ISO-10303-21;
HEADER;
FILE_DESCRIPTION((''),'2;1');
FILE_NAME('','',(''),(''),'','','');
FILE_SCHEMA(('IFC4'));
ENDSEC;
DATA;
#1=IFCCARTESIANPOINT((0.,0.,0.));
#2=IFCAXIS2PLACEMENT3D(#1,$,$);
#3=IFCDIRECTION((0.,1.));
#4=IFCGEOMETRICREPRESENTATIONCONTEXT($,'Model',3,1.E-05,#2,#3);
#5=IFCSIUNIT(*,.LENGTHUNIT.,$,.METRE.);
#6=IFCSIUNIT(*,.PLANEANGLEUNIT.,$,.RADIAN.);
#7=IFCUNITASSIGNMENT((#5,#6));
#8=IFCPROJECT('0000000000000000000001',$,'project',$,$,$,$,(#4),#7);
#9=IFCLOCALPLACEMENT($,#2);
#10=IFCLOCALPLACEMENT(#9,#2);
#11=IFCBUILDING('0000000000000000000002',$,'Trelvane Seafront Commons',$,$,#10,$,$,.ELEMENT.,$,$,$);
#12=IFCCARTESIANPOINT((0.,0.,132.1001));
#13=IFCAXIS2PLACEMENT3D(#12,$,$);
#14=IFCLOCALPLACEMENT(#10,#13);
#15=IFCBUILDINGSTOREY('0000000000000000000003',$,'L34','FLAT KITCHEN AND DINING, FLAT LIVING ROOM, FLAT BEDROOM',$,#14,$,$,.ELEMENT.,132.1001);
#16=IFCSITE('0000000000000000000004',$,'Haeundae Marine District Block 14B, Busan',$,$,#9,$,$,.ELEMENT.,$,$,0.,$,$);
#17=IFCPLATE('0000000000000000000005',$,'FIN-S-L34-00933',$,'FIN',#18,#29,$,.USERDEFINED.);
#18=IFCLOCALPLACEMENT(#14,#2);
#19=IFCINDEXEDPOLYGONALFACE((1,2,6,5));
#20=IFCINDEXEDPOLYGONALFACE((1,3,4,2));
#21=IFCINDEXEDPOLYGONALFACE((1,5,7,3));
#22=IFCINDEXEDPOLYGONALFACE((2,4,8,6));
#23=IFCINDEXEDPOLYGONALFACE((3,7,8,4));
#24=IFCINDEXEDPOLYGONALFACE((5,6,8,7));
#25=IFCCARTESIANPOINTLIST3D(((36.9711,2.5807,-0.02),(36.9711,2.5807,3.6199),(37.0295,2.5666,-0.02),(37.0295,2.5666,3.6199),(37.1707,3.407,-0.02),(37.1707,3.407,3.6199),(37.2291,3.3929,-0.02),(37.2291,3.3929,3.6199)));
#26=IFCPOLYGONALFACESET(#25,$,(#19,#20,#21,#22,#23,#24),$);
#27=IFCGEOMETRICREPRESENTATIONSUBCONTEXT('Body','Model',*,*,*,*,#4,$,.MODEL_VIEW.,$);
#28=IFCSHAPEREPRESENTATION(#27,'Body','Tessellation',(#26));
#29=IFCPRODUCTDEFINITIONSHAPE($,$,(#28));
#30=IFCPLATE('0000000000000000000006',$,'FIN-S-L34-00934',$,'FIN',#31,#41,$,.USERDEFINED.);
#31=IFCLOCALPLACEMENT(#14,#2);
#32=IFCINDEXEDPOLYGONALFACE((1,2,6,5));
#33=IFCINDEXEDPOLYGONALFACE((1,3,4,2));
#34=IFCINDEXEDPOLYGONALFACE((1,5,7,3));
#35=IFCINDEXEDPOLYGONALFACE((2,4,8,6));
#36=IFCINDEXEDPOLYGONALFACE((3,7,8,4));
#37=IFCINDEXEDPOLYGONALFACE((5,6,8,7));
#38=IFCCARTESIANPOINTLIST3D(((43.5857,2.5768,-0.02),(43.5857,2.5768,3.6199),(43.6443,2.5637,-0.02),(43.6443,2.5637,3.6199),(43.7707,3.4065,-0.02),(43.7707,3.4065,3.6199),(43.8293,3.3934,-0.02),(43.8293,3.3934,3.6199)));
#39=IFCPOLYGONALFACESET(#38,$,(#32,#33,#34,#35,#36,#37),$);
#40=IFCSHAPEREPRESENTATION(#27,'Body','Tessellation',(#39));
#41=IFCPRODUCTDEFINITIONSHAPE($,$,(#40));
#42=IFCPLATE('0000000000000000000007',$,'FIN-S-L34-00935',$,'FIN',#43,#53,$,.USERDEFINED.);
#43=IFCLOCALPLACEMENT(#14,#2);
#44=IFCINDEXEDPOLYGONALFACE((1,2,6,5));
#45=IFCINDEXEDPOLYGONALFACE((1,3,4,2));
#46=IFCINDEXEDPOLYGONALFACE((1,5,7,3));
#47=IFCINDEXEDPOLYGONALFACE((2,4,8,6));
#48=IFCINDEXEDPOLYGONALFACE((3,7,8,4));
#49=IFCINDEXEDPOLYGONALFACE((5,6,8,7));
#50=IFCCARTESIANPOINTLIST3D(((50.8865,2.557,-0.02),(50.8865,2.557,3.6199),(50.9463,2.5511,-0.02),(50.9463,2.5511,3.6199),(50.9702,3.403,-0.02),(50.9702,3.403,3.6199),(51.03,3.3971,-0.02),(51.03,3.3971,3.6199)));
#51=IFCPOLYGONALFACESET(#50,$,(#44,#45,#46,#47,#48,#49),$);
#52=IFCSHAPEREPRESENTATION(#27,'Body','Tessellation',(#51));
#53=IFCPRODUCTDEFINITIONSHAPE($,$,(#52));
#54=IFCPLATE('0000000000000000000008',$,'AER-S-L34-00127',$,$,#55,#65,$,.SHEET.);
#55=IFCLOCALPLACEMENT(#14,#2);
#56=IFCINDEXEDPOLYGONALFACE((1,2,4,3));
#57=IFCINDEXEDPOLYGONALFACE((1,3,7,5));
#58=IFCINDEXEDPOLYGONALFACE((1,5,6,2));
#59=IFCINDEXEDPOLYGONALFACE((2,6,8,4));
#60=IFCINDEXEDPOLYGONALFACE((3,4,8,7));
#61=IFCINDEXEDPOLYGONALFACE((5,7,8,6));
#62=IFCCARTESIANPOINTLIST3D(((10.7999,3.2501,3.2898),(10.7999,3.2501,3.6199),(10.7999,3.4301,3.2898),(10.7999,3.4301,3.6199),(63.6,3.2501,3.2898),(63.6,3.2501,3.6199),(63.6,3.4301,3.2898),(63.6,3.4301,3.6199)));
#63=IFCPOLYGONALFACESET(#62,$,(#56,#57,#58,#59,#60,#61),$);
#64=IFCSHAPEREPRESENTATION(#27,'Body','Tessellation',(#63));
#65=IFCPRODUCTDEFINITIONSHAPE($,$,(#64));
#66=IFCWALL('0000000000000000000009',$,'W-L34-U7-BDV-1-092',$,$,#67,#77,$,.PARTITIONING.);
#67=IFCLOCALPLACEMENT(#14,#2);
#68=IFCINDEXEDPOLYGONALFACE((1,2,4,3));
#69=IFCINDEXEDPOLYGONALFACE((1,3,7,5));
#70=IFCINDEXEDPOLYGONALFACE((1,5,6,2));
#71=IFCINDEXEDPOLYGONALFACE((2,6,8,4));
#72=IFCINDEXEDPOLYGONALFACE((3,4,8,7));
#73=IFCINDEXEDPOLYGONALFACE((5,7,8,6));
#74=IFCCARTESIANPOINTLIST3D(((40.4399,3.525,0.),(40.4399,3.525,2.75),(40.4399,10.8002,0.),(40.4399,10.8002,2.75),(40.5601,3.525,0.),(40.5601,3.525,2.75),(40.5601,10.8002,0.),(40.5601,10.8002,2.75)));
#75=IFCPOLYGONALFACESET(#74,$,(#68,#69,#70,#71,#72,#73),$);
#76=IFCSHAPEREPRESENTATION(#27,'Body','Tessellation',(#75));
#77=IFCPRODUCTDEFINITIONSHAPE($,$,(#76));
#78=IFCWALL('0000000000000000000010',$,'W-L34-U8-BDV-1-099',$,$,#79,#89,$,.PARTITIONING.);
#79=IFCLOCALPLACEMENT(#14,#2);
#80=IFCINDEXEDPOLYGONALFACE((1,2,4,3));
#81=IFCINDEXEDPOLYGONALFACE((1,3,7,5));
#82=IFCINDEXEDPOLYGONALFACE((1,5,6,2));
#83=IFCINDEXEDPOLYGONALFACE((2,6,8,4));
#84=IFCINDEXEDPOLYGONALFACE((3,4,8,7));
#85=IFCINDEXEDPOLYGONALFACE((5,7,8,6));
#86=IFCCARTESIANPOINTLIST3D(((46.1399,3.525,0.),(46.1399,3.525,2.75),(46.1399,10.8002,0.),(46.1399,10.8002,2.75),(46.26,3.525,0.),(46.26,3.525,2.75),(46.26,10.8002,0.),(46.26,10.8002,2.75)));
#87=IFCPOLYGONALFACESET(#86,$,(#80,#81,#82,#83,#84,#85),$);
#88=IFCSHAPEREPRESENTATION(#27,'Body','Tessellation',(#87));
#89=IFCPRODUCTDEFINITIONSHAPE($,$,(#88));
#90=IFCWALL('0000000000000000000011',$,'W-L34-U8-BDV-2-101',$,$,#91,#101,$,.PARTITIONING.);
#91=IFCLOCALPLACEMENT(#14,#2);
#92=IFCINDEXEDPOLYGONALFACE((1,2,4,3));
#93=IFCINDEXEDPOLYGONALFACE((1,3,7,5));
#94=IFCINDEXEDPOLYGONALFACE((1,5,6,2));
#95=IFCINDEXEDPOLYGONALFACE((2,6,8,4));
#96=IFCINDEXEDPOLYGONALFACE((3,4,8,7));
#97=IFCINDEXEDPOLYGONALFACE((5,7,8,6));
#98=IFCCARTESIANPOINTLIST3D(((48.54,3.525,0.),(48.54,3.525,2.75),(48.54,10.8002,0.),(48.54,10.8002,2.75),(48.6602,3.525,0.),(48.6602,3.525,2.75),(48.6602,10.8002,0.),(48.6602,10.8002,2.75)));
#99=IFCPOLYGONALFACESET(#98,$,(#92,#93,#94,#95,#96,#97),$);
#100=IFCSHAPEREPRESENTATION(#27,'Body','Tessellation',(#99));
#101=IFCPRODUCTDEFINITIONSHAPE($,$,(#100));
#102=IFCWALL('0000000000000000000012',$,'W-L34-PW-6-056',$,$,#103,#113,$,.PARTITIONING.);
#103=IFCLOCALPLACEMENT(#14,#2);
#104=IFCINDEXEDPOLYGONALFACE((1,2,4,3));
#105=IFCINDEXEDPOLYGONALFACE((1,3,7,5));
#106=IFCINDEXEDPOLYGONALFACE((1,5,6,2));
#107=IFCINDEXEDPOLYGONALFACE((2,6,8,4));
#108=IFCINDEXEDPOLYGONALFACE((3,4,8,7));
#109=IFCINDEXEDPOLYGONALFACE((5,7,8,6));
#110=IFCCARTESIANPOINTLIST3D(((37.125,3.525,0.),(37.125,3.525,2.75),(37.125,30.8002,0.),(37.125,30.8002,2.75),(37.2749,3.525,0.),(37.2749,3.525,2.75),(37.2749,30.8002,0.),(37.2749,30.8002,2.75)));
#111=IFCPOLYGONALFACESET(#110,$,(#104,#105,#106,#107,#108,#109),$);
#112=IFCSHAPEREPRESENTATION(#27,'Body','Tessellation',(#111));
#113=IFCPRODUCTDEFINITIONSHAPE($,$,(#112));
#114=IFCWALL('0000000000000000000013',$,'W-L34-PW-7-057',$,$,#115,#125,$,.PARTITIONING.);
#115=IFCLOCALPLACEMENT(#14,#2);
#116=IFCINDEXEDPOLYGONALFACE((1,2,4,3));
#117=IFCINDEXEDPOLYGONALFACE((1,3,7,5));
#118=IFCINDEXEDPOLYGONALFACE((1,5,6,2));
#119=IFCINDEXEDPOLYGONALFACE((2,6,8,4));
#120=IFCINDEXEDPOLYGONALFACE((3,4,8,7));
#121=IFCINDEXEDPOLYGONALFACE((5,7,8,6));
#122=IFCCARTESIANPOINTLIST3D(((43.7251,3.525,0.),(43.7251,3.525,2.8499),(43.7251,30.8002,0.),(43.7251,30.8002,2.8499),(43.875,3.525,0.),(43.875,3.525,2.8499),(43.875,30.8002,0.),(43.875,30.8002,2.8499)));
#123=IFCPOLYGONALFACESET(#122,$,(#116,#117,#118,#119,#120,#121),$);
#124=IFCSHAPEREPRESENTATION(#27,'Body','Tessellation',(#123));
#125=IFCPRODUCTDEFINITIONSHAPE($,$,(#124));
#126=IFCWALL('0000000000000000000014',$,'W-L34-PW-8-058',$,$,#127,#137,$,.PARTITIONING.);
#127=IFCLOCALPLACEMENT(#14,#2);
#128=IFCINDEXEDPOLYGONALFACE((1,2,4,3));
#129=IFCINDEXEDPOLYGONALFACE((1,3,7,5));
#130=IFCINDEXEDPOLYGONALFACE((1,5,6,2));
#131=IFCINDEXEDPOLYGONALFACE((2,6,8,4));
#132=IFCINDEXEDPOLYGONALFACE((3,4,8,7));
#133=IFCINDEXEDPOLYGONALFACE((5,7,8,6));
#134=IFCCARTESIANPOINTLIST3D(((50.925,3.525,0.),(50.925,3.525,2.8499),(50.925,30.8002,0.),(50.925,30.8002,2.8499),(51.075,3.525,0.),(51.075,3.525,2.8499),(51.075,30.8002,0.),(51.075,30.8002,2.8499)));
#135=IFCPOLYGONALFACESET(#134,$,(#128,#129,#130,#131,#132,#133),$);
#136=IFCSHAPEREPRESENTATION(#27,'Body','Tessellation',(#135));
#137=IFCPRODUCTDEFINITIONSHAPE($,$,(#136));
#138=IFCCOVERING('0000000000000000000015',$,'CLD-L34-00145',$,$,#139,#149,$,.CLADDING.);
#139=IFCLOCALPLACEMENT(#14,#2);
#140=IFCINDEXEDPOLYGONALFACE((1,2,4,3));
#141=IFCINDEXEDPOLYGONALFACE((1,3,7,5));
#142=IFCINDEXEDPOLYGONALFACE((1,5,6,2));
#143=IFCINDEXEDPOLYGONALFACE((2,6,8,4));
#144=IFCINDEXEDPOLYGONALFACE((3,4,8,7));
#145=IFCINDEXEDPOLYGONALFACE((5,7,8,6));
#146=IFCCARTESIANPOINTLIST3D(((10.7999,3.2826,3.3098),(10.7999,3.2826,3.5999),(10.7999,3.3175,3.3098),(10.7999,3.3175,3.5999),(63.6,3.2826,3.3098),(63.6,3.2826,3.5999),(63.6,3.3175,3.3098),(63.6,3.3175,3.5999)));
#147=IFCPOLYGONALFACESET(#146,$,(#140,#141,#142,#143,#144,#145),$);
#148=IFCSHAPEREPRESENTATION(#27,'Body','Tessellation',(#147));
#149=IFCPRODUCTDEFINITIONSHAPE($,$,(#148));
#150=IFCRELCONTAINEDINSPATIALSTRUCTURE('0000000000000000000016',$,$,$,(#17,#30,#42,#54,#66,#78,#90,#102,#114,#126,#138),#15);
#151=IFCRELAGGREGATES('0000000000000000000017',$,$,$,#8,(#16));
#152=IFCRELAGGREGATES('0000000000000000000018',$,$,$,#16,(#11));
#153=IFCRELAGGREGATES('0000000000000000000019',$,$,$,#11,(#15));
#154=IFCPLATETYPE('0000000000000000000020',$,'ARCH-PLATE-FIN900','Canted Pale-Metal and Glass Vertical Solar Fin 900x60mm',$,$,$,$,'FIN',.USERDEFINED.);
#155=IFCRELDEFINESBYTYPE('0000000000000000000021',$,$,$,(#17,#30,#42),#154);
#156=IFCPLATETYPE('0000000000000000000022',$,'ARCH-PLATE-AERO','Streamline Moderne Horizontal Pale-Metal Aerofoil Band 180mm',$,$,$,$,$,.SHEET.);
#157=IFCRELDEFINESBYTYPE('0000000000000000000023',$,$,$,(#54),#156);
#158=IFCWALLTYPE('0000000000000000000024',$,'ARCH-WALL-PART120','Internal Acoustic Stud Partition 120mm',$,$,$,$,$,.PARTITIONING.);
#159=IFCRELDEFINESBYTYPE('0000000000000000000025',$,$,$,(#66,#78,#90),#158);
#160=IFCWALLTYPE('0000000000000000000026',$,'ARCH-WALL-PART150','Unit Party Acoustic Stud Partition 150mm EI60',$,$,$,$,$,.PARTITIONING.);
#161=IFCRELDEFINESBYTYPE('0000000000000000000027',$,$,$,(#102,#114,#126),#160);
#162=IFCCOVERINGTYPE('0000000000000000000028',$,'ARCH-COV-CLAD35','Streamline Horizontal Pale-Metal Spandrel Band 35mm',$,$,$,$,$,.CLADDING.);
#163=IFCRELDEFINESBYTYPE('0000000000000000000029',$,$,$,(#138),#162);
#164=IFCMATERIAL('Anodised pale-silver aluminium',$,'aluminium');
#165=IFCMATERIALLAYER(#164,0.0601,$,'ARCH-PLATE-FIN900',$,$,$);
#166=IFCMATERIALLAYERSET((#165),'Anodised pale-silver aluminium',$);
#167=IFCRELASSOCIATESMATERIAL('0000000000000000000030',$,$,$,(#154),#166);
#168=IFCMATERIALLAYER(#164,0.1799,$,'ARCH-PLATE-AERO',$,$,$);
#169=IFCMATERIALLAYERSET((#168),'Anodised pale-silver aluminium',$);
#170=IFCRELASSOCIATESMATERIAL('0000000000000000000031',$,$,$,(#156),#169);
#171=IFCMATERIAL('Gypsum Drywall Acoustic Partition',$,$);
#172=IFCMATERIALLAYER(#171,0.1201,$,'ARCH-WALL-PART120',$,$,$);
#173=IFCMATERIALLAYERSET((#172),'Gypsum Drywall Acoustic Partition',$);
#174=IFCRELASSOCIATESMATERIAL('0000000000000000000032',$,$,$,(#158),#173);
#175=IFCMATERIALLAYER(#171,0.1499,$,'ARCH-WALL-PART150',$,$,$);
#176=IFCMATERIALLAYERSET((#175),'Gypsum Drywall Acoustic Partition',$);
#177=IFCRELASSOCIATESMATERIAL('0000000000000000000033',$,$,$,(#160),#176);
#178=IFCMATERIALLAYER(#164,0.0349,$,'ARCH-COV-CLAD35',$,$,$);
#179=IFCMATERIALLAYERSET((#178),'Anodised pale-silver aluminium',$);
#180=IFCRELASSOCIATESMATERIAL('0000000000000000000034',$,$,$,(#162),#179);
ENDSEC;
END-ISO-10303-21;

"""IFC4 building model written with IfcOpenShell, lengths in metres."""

from ifc_helpers import new_model, si_unit, direction, frame, frame_2d, origin, origin_2d, place, context, subcontext, project, spatial, rectangle, extrude, source, transform, mapped, material, layer, layer_set, type_object, element, save


model = new_model("IFC4")

# Units and contexts
model_context = context("Model", 3, precision=1e-05, world=origin(), true_north=direction((0.0, 1.0)))
body_context = subcontext(model_context, "Body", "Model", "MODEL_VIEW")
ifc_project = project(units=[si_unit("LENGTHUNIT", "METRE"), si_unit("PLANEANGLEUNIT", "RADIAN")], contexts=[model_context])

# Site, building, storey
site_placement = place(None, origin())
site = spatial("IfcSite", under=ifc_project, at=site_placement, Name="Haeundae Marine District Block 14B, Busan", CompositionType="ELEMENT", RefElevation=0.0)
building_placement = place(site_placement, origin())
building = spatial("IfcBuilding", under=site, at=building_placement, Name="Trelvane Seafront Commons", CompositionType="ELEMENT")
storey_placement = place(building_placement, frame((0.0, 0.0, 132.1001)))
storey = spatial("IfcBuildingStorey", under=building, at=storey_placement, Name="L34", Description="FLAT KITCHEN AND DINING, FLAT LIVING ROOM, FLAT BEDROOM", CompositionType="ELEMENT", Elevation=132.1001)

# Plates
ifc_material_1 = material(Name="Anodised pale-silver aluminium", Category="aluminium")
ifc_layer_1 = layer(ifc_material_1, 0.0601, Name="ARCH-PLATE-FIN900")
ifc_layer_set_1 = layer_set([ifc_layer_1], Name="Anodised pale-silver aluminium")
plate_type_1 = type_object("IfcPlateType", Name="ARCH-PLATE-FIN900", Description="Canted Pale-Metal and Glass Vertical Solar Fin 900x60mm", ElementType="FIN", PredefinedType="USERDEFINED", material=ifc_layer_set_1)
shared_shape_1 = source(origin(), body_context, "Body", "SweptSolid", [
    extrude(rectangle(XDim=0.8501, YDim=0.0601, at=origin_2d()), origin(), (0.0, 0.0, 1.0), 3.6399),
])
for number, where, z_axis, x_axis, name in (
    (1, (37.1001, 2.9868, -0.02), (0.0, 0.0, 1.0), (-0.234832, -0.972036, 0.0), "FIN-S-L34-00933"),
    (2, (43.7075, 2.9851, -0.02), (0.0, 0.0, 1.0), (-0.217653, -0.976026, 0.0), "FIN-S-L34-00934"),
    (3, (50.9583, 2.9771, -0.02), (0.0, 0.0, 1.0), (-0.098467, -0.99514, 0.0), "FIN-S-L34-00935"),
):
    element("IfcPlate", number, at=place(storey_placement, frame(where, z_axis=z_axis, x_axis=x_axis)), inside=storey, type_object=plate_type_1, Name=name, ObjectType="FIN", PredefinedType="USERDEFINED", context=body_context, shape_type="MappedRepresentation", body=[
        mapped(shared_shape_1, transform((0.0, 0.0, 0.0), x_axis=(1.0, 0.0, 0.0), y_axis=(0.0, 1.0, 0.0), z_axis=(0.0, 0.0, 1.0), scale=1.0)),
    ])
ifc_layer_2 = layer(ifc_material_1, 0.1799, Name="ARCH-PLATE-AERO")
ifc_layer_set_2 = layer_set([ifc_layer_2], Name="Anodised pale-silver aluminium")
plate_type_2 = type_object("IfcPlateType", Name="ARCH-PLATE-AERO", Description="Streamline Moderne Horizontal Pale-Metal Aerofoil Band 180mm", PredefinedType="SHEET", material=ifc_layer_set_2)
shared_shape_2 = source(origin(), body_context, "Body", "SweptSolid", [
    extrude(rectangle(XDim=52.8, YDim=0.1799, at=origin_2d()), origin(), (0.0, 0.0, 1.0), 0.3301),
])
plate_placement = place(storey_placement, frame((37.2, 3.3401, 3.2898), z_axis=(0.0, 0.0, 1.0), x_axis=(-1.0, 0.0, 0.0)))
element("IfcPlate", 4, at=plate_placement, inside=storey, type_object=plate_type_2, Name="AER-S-L34-00127", PredefinedType="SHEET", context=body_context, shape_type="MappedRepresentation", body=[
    mapped(shared_shape_2, transform((0.0, 0.0, 0.0), x_axis=(1.0, 0.0, 0.0), y_axis=(0.0, 1.0, 0.0), z_axis=(0.0, 0.0, 1.0), scale=1.0)),
])

# Shared definitions
ifc_material_2 = material(Name="Gypsum Drywall Acoustic Partition")
ifc_layer_3 = layer(ifc_material_2, 0.1201, Name="ARCH-WALL-PART120")
ifc_layer_set_3 = layer_set([ifc_layer_3], Name="Gypsum Drywall Acoustic Partition")
wall_type_1 = type_object("IfcWallType", Name="ARCH-WALL-PART120", Description="Internal Acoustic Stud Partition 120mm", PredefinedType="PARTITIONING", material=ifc_layer_set_3)

# Wall
wall_1_placement = place(storey_placement, frame((40.5, 3.5249, 0.0), z_axis=(0.0, 0.0, 1.0), x_axis=(0.0, 1.0, 0.0)))
element("IfcWall", 5, at=wall_1_placement, inside=storey, type_object=wall_type_1, Name="W-L34-U7-BDV-1-092", PredefinedType="PARTITIONING", context=body_context, shape_type="SweptSolid", body=[
    extrude(rectangle(XDim=7.2751, YDim=0.1201, at=frame_2d((3.6377, 0.0))), origin(), (0.0, 0.0, 1.0), 2.75),
])

# Wall
wall_2_placement = place(storey_placement, frame((46.2, 3.5249, 0.0), z_axis=(0.0, 0.0, 1.0), x_axis=(0.0, 1.0, 0.0)))
element("IfcWall", 6, at=wall_2_placement, inside=storey, type_object=wall_type_1, Name="W-L34-U8-BDV-1-099", PredefinedType="PARTITIONING", context=body_context, shape_type="SweptSolid", body=[
    extrude(rectangle(XDim=7.2751, YDim=0.1201, at=frame_2d((3.6377, 0.0))), origin(), (0.0, 0.0, 1.0), 2.75),
])

# Walls
wall_3_placement = place(storey_placement, frame((48.6001, 3.5249, 0.0), z_axis=(0.0, 0.0, 1.0), x_axis=(0.0, 1.0, 0.0)))
element("IfcWall", 7, at=wall_3_placement, inside=storey, type_object=wall_type_1, Name="W-L34-U8-BDV-2-101", PredefinedType="PARTITIONING", context=body_context, shape_type="SweptSolid", body=[
    extrude(rectangle(XDim=7.2751, YDim=0.1201, at=frame_2d((3.6377, 0.0))), origin(), (0.0, 0.0, 1.0), 2.75),
])
ifc_layer_4 = layer(ifc_material_2, 0.1499, Name="ARCH-WALL-PART150")
ifc_layer_set_4 = layer_set([ifc_layer_4], Name="Gypsum Drywall Acoustic Partition")
wall_type_2 = type_object("IfcWallType", Name="ARCH-WALL-PART150", Description="Unit Party Acoustic Stud Partition 150mm EI60", PredefinedType="PARTITIONING", material=ifc_layer_set_4)
wall_4_placement = place(storey_placement, frame((37.2, 3.5249, 0.0), z_axis=(0.0, 0.0, 1.0), x_axis=(0.0, 1.0, 0.0)))
element("IfcWall", 8, at=wall_4_placement, inside=storey, type_object=wall_type_2, Name="W-L34-PW-6-056", PredefinedType="PARTITIONING", context=body_context, shape_type="SweptSolid", body=[
    extrude(rectangle(XDim=27.2751, YDim=0.1499, at=frame_2d((13.6377, 0.0))), origin(), (0.0, 0.0, 1.0), 2.75),
])
for number, where, z_axis, x_axis, name in (
    (9, (43.8, 3.5249, 0.0), (0.0, 0.0, 1.0), (0.0, 1.0, 0.0), "W-L34-PW-7-057"),
    (10, (51.0, 3.5249, 0.0), (0.0, 0.0, 1.0), (0.0, 1.0, 0.0), "W-L34-PW-8-058"),
):
    element("IfcWall", number, at=place(storey_placement, frame(where, z_axis=z_axis, x_axis=x_axis)), inside=storey, type_object=wall_type_2, Name=name, PredefinedType="PARTITIONING", context=body_context, shape_type="SweptSolid", body=[
        extrude(rectangle(XDim=27.2751, YDim=0.1499, at=frame_2d((13.6377, 0.0))), origin(), (0.0, 0.0, 1.0), 2.8499),
    ])

# Covering
ifc_layer_5 = layer(ifc_material_1, 0.0349, Name="ARCH-COV-CLAD35")
ifc_layer_set_5 = layer_set([ifc_layer_5], Name="Anodised pale-silver aluminium")
covering_type = type_object("IfcCoveringType", Name="ARCH-COV-CLAD35", Description="Streamline Horizontal Pale-Metal Spandrel Band 35mm", PredefinedType="CLADDING", material=ifc_layer_set_5)
shared_shape_3 = source(origin(), body_context, "Body", "SweptSolid", [
    extrude(rectangle(XDim=52.8, YDim=0.0349, at=origin_2d()), origin(), (0.0, 0.0, 1.0), 0.29),
])
covering_placement = place(storey_placement, frame((37.2, 3.3, 3.3098), z_axis=(0.0, 0.0, 1.0), x_axis=(-1.0, 0.0, 0.0)))
element("IfcCovering", 11, at=covering_placement, inside=storey, type_object=covering_type, Name="CLD-L34-00145", PredefinedType="CLADDING", context=body_context, shape_type="MappedRepresentation", body=[
    mapped(shared_shape_3, transform((0.0, 0.0, 0.0), x_axis=(1.0, 0.0, 0.0), y_axis=(0.0, 1.0, 0.0), z_axis=(0.0, 0.0, 1.0), scale=1.0)),
])

save(model, "model.ifc")
